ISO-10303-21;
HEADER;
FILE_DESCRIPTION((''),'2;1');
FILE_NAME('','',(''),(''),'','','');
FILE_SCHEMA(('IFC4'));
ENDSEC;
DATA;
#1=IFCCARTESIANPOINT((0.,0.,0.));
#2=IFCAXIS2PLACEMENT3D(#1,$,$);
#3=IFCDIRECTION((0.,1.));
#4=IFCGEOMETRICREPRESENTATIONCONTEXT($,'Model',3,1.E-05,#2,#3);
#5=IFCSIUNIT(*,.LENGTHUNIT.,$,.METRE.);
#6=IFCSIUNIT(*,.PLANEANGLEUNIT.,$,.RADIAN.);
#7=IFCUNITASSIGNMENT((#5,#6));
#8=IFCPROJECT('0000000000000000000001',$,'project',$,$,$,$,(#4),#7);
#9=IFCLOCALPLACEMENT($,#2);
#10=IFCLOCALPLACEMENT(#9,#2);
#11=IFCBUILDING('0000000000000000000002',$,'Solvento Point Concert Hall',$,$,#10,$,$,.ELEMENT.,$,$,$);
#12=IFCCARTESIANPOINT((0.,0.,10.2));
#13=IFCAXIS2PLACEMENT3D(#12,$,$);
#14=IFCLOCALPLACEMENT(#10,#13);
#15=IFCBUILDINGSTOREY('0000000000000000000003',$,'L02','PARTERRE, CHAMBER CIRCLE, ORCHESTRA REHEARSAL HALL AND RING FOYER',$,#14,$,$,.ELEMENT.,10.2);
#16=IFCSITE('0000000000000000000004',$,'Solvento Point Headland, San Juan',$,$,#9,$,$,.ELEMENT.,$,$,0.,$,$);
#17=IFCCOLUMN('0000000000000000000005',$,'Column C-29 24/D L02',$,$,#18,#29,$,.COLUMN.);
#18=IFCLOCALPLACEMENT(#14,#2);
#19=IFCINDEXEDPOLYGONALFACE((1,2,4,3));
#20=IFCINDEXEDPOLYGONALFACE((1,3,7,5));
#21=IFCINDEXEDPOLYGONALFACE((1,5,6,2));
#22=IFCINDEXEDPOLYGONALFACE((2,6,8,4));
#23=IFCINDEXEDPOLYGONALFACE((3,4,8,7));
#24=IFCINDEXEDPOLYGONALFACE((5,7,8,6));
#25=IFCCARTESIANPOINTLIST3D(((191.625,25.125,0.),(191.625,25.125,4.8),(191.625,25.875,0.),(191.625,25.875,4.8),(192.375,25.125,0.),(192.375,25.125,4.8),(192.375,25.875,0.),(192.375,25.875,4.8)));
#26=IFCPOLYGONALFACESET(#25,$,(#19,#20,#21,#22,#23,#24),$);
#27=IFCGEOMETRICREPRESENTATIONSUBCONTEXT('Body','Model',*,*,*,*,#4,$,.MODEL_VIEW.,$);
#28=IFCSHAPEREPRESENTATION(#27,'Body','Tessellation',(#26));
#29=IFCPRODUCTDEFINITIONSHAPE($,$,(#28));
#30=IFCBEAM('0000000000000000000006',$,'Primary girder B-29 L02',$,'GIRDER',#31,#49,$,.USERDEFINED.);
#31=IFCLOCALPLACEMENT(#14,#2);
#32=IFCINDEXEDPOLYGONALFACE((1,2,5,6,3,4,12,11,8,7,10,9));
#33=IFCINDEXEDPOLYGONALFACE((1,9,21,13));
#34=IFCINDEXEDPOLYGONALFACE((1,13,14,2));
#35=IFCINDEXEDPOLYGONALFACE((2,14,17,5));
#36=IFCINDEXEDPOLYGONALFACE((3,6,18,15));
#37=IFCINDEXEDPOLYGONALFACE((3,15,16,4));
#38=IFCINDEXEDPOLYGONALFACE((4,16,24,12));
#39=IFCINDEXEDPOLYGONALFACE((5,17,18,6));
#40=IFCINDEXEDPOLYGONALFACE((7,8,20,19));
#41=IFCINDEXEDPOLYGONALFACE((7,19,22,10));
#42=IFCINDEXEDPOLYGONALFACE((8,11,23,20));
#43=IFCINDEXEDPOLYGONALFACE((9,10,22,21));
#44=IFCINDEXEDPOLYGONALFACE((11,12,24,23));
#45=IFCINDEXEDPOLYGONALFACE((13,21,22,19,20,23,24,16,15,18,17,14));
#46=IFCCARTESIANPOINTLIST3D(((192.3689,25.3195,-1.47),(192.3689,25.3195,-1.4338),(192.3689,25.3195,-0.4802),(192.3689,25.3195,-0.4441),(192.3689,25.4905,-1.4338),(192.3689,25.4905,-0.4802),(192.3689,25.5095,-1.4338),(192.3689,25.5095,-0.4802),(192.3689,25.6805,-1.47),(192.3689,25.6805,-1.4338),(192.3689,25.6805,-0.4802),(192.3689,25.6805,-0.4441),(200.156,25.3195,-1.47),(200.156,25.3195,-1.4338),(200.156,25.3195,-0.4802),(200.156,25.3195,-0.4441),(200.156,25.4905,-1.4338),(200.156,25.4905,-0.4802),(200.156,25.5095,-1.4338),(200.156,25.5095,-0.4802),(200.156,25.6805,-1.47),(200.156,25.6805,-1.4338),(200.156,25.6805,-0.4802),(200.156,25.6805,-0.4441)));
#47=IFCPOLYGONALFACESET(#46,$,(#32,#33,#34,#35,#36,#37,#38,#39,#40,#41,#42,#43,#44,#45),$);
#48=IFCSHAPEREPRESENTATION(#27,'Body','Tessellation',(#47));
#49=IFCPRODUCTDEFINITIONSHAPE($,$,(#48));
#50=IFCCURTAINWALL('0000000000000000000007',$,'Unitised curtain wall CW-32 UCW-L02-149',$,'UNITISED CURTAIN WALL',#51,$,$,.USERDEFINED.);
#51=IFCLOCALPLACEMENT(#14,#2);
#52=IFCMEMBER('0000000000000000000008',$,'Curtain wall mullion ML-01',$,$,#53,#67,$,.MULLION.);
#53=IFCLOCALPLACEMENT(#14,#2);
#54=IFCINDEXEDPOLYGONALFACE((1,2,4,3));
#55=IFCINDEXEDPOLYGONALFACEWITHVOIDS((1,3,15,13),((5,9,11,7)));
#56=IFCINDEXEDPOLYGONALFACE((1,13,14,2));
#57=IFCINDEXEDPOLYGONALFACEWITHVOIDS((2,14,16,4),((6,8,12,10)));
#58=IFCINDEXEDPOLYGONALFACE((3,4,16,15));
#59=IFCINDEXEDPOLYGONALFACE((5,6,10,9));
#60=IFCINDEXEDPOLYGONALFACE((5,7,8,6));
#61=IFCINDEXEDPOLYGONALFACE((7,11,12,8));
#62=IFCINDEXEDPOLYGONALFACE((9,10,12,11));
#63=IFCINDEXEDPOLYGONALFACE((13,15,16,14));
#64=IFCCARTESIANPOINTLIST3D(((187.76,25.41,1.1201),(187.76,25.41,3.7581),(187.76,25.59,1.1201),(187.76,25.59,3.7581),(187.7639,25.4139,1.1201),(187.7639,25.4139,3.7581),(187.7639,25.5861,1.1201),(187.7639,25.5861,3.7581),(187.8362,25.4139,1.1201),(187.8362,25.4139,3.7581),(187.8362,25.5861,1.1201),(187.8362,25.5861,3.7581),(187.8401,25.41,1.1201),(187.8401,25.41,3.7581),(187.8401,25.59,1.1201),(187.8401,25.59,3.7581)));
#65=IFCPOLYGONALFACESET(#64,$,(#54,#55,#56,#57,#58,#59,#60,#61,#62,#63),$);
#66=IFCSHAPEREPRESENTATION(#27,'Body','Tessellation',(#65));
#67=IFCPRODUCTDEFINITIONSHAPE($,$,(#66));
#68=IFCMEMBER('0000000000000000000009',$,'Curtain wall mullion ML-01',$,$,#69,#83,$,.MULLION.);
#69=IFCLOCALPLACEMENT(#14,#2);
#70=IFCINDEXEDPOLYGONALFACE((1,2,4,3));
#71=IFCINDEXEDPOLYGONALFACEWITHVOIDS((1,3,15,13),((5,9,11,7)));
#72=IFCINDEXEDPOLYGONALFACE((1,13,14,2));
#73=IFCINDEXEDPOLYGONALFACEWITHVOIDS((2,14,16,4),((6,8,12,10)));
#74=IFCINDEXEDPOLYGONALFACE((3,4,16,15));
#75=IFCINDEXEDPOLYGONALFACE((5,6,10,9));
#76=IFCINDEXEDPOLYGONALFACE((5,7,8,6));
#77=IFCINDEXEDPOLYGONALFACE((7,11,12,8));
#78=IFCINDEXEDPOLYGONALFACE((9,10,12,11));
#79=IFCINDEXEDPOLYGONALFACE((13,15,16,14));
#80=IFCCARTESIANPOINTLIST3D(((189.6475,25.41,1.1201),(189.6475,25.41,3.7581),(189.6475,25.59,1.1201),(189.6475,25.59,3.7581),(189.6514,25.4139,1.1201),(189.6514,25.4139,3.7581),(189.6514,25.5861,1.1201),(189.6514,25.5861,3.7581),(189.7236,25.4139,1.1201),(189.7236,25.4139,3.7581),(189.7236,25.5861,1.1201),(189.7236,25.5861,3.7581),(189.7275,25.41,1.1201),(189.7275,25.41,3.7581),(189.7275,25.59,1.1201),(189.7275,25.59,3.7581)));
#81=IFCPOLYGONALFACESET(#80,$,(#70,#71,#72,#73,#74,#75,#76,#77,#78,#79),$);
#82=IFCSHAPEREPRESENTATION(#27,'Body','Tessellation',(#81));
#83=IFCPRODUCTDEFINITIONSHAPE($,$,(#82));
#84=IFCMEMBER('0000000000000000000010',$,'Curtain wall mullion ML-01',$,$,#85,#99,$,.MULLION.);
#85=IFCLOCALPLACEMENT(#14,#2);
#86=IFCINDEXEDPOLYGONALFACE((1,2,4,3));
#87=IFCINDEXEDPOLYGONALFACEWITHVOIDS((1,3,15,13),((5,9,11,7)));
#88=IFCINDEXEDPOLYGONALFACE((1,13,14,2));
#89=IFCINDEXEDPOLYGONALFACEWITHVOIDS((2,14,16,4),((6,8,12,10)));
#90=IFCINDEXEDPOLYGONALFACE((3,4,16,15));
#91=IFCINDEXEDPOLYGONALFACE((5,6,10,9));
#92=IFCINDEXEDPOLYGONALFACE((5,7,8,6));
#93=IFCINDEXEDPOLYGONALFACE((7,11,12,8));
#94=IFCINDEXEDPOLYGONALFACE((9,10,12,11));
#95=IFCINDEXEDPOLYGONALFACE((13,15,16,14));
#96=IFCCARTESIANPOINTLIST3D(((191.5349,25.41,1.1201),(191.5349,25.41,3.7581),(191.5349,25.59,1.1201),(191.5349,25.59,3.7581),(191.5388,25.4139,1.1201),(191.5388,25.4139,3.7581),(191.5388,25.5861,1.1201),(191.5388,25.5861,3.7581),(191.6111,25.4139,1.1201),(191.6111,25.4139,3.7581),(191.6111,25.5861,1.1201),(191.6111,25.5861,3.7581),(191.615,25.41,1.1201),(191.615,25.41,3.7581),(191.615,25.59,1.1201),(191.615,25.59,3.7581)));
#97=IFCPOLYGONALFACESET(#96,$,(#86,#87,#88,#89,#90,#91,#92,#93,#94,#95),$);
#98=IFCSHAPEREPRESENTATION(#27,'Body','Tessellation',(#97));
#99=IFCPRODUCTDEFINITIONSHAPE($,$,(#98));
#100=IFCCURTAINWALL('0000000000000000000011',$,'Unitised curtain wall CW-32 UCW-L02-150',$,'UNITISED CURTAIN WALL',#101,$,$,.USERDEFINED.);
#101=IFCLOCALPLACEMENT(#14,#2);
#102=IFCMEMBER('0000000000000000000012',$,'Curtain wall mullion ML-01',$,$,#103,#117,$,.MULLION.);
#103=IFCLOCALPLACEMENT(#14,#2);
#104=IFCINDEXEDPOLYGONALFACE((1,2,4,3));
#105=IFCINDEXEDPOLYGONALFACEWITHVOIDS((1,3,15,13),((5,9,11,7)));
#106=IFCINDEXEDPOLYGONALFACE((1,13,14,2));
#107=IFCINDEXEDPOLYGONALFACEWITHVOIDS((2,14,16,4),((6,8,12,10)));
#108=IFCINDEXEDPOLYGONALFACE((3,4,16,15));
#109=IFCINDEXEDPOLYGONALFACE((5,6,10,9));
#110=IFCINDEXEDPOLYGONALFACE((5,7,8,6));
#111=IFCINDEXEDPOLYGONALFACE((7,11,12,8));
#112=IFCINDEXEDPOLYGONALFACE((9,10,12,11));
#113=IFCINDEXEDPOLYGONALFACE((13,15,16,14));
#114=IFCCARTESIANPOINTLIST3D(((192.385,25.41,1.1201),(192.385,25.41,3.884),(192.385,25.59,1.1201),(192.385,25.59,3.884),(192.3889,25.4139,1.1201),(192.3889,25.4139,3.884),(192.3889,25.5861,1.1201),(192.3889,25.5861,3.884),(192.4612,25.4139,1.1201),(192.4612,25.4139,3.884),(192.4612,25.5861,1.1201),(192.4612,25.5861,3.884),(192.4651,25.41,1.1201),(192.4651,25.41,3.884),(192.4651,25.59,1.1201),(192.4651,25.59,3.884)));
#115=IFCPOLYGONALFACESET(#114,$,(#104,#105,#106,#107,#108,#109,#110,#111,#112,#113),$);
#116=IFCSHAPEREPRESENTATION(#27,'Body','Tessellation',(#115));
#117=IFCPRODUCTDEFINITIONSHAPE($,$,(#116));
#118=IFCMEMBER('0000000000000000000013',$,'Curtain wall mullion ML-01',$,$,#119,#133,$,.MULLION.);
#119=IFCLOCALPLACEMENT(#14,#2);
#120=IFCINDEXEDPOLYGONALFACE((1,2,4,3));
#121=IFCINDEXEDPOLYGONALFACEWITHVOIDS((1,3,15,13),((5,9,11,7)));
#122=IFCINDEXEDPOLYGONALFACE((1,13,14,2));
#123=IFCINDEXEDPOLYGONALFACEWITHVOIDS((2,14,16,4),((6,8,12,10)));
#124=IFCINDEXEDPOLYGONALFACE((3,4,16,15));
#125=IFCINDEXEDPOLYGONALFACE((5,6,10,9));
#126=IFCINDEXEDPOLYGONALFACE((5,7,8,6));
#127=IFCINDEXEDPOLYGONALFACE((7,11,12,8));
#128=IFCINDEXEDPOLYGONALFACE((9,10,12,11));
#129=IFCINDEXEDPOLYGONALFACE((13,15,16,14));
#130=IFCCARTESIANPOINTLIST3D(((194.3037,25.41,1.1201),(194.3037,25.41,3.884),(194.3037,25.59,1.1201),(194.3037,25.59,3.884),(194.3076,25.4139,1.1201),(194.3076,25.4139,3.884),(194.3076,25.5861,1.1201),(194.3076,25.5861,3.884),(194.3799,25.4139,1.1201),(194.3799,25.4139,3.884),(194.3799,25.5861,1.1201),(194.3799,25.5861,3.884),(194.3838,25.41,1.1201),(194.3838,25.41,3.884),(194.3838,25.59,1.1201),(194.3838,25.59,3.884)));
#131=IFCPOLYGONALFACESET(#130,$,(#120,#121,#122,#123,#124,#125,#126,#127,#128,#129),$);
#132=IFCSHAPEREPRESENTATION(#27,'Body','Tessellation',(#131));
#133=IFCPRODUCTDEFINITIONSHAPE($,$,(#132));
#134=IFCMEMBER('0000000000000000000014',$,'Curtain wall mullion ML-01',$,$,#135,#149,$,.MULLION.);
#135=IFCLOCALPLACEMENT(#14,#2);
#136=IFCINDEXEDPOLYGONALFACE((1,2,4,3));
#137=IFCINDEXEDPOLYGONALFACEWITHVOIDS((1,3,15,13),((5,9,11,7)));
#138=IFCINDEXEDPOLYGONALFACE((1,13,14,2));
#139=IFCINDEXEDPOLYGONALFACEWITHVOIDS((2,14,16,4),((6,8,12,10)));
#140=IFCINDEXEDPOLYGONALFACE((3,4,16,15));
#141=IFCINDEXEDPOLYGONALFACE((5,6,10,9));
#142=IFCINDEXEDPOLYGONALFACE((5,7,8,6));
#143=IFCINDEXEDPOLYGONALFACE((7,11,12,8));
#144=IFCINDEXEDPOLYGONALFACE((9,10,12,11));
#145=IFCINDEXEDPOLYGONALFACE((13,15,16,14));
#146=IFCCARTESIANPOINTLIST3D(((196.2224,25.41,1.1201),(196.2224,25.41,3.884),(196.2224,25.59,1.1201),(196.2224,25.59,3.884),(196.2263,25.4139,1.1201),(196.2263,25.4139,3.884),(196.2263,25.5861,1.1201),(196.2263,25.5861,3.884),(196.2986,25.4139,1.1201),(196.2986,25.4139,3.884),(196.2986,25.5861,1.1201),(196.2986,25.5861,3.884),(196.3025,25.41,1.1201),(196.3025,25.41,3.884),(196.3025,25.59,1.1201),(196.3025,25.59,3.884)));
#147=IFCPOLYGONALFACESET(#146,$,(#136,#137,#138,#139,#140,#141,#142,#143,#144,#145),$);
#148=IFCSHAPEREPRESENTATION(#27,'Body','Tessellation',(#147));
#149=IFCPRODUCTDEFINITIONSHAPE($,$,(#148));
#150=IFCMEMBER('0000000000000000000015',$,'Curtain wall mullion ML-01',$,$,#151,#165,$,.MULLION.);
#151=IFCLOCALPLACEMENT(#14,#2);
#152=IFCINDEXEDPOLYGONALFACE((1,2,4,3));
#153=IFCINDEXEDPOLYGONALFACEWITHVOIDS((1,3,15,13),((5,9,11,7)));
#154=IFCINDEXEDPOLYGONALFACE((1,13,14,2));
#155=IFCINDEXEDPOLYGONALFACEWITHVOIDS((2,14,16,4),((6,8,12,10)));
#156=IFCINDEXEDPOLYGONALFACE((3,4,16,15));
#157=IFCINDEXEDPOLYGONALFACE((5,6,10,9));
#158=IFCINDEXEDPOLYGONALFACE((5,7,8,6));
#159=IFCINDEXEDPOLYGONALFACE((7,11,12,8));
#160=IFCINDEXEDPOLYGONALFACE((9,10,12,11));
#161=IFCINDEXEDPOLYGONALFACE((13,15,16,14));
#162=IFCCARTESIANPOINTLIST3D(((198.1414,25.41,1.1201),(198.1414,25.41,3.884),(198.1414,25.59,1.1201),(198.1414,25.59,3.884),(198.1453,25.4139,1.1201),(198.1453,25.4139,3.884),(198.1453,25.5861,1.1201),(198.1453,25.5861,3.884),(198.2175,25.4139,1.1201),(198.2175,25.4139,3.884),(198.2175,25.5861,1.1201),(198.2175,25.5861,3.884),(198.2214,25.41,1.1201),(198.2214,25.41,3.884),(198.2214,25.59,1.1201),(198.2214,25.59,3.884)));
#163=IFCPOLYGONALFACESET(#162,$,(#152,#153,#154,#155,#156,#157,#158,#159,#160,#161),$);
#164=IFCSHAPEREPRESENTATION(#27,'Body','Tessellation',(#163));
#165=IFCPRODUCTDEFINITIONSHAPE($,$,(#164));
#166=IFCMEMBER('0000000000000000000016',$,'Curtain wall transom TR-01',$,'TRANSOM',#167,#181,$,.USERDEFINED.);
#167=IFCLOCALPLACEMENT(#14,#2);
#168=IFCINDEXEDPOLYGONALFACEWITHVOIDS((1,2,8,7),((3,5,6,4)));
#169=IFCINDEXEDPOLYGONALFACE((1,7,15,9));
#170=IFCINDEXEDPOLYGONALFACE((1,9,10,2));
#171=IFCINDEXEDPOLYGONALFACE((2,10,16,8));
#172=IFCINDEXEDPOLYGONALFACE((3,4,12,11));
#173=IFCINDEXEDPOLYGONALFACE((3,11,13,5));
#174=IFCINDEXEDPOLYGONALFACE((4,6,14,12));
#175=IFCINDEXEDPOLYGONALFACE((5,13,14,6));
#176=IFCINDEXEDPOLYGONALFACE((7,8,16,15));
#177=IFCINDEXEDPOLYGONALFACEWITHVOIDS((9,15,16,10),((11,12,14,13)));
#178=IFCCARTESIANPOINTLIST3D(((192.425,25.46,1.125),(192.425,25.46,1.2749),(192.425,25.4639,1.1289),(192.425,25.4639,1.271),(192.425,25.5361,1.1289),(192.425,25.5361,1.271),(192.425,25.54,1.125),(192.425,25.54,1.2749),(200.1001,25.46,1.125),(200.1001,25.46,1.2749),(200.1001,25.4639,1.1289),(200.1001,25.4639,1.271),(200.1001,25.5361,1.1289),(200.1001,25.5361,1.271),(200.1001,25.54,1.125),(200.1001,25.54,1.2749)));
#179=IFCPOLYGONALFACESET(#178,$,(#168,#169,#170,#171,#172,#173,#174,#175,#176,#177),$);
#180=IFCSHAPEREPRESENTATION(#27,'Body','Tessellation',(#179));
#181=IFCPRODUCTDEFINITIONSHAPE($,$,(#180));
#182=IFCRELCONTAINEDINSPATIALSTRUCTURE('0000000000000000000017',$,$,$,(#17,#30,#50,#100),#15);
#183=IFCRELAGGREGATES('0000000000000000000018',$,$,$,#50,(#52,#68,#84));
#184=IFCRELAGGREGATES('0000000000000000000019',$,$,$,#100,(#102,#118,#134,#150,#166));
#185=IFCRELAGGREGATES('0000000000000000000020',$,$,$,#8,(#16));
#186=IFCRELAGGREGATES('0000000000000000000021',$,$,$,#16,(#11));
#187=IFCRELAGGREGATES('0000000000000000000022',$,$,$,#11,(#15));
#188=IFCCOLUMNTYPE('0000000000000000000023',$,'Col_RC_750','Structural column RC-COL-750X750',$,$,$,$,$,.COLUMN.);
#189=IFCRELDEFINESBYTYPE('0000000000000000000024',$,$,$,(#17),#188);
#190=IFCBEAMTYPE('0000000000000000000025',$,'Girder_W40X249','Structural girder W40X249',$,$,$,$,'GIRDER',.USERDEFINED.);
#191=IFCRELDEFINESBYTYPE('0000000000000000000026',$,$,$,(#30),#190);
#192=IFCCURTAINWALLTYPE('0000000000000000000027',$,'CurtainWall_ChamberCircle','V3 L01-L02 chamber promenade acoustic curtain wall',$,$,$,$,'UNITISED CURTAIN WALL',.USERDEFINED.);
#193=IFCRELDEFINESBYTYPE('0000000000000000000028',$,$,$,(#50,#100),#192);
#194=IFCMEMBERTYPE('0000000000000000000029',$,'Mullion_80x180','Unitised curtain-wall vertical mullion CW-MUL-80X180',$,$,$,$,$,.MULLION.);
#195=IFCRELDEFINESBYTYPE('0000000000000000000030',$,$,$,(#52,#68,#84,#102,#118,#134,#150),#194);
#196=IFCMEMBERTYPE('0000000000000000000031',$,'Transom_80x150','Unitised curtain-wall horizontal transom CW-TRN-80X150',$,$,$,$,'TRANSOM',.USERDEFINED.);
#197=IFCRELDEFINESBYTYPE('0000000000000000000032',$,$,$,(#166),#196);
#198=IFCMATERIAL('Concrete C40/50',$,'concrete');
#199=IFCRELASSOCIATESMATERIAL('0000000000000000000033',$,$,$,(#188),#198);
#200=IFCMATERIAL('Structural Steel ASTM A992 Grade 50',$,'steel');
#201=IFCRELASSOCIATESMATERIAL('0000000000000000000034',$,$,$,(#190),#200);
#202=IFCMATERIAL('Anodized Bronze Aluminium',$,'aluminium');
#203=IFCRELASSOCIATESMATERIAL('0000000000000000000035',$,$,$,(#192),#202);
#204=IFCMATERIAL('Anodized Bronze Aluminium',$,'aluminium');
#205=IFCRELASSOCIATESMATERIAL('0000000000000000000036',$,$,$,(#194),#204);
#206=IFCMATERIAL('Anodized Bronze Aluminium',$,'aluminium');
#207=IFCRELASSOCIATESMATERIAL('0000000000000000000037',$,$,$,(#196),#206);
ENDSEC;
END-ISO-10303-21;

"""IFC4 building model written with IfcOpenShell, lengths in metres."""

from ifc_helpers import new_model, si_unit, direction, frame, origin, origin_2d, place, context, subcontext, project, spatial, rectangle, hollow_rectangle, i_section, extrude, material, material_profile, profile_set, type_object, element, aggregate, save


model = new_model("IFC4")

# Units and contexts
model_context = context("Model", 3, precision=1e-05, world=origin(), true_north=direction((0.0, 1.0)))
body_context = subcontext(model_context, "Body", "Model", "MODEL_VIEW")
ifc_project = project(units=[si_unit("LENGTHUNIT", "METRE"), si_unit("PLANEANGLEUNIT", "RADIAN")], contexts=[model_context])

# Site, building, storey
site_placement = place(None, origin())
site = spatial("IfcSite", under=ifc_project, at=site_placement, Name="Solvento Point Headland, San Juan", CompositionType="ELEMENT", RefElevation=0.0)
building_placement = place(site_placement, origin())
building = spatial("IfcBuilding", under=site, at=building_placement, Name="Solvento Point Concert Hall", CompositionType="ELEMENT")
storey_placement = place(building_placement, frame((0.0, 0.0, 10.2)))
storey = spatial("IfcBuildingStorey", under=building, at=storey_placement, Name="L02", Description="PARTERRE, CHAMBER CIRCLE, ORCHESTRA REHEARSAL HALL AND RING FOYER", CompositionType="ELEMENT", Elevation=10.2)

# Column
ifc_material_1 = material(Name="Concrete C40/50", Category="concrete")
ifc_material_profile_1 = material_profile(ifc_material_1, rectangle(XDim=0.75, YDim=0.75, at=origin_2d()), Name="RC-COL-750X750")
ifc_profile_set_1 = profile_set([ifc_material_profile_1], Name="Concrete C40/50")
column_type = type_object("IfcColumnType", Name="Col_RC_750", Description="Structural column RC-COL-750X750", PredefinedType="COLUMN", material=ifc_profile_set_1)
column_placement = place(storey_placement, frame((192.0, 25.5, 0.0), z_axis=(0.0, 0.0, 1.0), x_axis=(1.0, 0.0, 0.0)))
element("IfcColumn", 1, at=column_placement, inside=storey, type_object=column_type, Name="Column C-29 24/D L02", PredefinedType="COLUMN", context=body_context, shape_type="SweptSolid", body=[
    extrude(rectangle(XDim=0.75, YDim=0.75, at=origin_2d()), origin(), (0.0, 0.0, 1.0), 4.8),
])

# Beam
ifc_material_2 = material(Name="Structural Steel ASTM A992 Grade 50", Category="steel")
ifc_material_profile_2 = material_profile(ifc_material_2, i_section(OverallWidth=0.3611, OverallDepth=1.0259, WebThickness=0.019, FlangeThickness=0.0361, at=origin_2d()), Name="W40X249")
ifc_profile_set_2 = profile_set([ifc_material_profile_2], Name="Structural Steel ASTM A992 Grade 50")
beam_type = type_object("IfcBeamType", Name="Girder_W40X249", Description="Structural girder W40X249", ElementType="GIRDER", PredefinedType="USERDEFINED", material=ifc_profile_set_2)
beam_placement = place(storey_placement, frame((192.3689, 25.5, -0.957), z_axis=(1.0, 0.0, 0.0), x_axis=(0.0, 1.0, 0.0)))
element("IfcBeam", 2, at=beam_placement, inside=storey, type_object=beam_type, Name="Primary girder B-29 L02", ObjectType="GIRDER", PredefinedType="USERDEFINED", context=body_context, shape_type="SweptSolid", body=[
    extrude(i_section(OverallWidth=0.3611, OverallDepth=1.0259, WebThickness=0.019, FlangeThickness=0.0361, at=origin_2d()), origin(), (0.0, 0.0, 1.0), 7.7871),
])

# Curtain walls, members
ifc_material_3 = material(Name="Anodized Bronze Aluminium", Category="aluminium")
curtain_wall_type = type_object("IfcCurtainWallType", Name="CurtainWall_ChamberCircle", Description="V3 L01-L02 chamber promenade acoustic curtain wall", ElementType="UNITISED CURTAIN WALL", PredefinedType="USERDEFINED", material=ifc_material_3)
curtain_wall_1_placement = place(storey_placement, origin())
curtain_wall_1 = element("IfcCurtainWall", 3, at=curtain_wall_1_placement, inside=storey, type_object=curtain_wall_type, Name="Unitised curtain wall CW-32 UCW-L02-149", ObjectType="UNITISED CURTAIN WALL", PredefinedType="USERDEFINED")
ifc_material_4 = material(Name="Anodized Bronze Aluminium", Category="aluminium")
ifc_material_profile_3 = material_profile(ifc_material_4, hollow_rectangle(XDim=0.0801, YDim=0.1799, WallThickness=0.0039, at=origin_2d()), Name="CW-MUL-80X180")
ifc_profile_set_3 = profile_set([ifc_material_profile_3], Name="Anodized Bronze Aluminium")
member_type_1 = type_object("IfcMemberType", Name="Mullion_80x180", Description="Unitised curtain-wall vertical mullion CW-MUL-80X180", PredefinedType="MULLION", material=ifc_profile_set_3)
member_1_placement = place(storey_placement, frame((187.8, 25.5, 1.1201), z_axis=(0.0, 0.0, 1.0), x_axis=(1.0, 0.0, 0.0)))
member_1 = element("IfcMember", 4, at=member_1_placement, type_object=member_type_1, Name="Curtain wall mullion ML-01", PredefinedType="MULLION", context=body_context, shape_type="SweptSolid", body=[
    extrude(hollow_rectangle(XDim=0.0801, YDim=0.1799, WallThickness=0.0039, at=origin_2d()), origin(), (0.0, 0.0, 1.0), 2.6379),
])
member_2_placement = place(storey_placement, frame((189.6875, 25.5, 1.1201), z_axis=(0.0, 0.0, 1.0), x_axis=(1.0, 0.0, 0.0)))
member_2 = element("IfcMember", 5, at=member_2_placement, type_object=member_type_1, Name="Curtain wall mullion ML-01", PredefinedType="MULLION", context=body_context, shape_type="SweptSolid", body=[
    extrude(hollow_rectangle(XDim=0.0801, YDim=0.1799, WallThickness=0.0039, at=origin_2d()), origin(), (0.0, 0.0, 1.0), 2.6379),
])
member_3_placement = place(storey_placement, frame((191.575, 25.5, 1.1201), z_axis=(0.0, 0.0, 1.0), x_axis=(1.0, 0.0, 0.0)))
member_3 = element("IfcMember", 6, at=member_3_placement, type_object=member_type_1, Name="Curtain wall mullion ML-01", PredefinedType="MULLION", context=body_context, shape_type="SweptSolid", body=[
    extrude(hollow_rectangle(XDim=0.0801, YDim=0.1799, WallThickness=0.0039, at=origin_2d()), origin(), (0.0, 0.0, 1.0), 2.6379),
])
curtain_wall_2_placement = place(storey_placement, origin())
curtain_wall_2 = element("IfcCurtainWall", 7, at=curtain_wall_2_placement, inside=storey, type_object=curtain_wall_type, Name="Unitised curtain wall CW-32 UCW-L02-150", ObjectType="UNITISED CURTAIN WALL", PredefinedType="USERDEFINED")
member_4_placement = place(storey_placement, frame((192.425, 25.5, 1.1201), z_axis=(0.0, 0.0, 1.0), x_axis=(1.0, 0.0, 0.0)))
member_4 = element("IfcMember", 8, at=member_4_placement, type_object=member_type_1, Name="Curtain wall mullion ML-01", PredefinedType="MULLION", context=body_context, shape_type="SweptSolid", body=[
    extrude(hollow_rectangle(XDim=0.0801, YDim=0.1799, WallThickness=0.0039, at=origin_2d()), origin(), (0.0, 0.0, 1.0), 2.7639),
])
member_5_placement = place(storey_placement, frame((194.3438, 25.5, 1.1201), z_axis=(0.0, 0.0, 1.0), x_axis=(1.0, 0.0, 0.0)))
member_5 = element("IfcMember", 9, at=member_5_placement, type_object=member_type_1, Name="Curtain wall mullion ML-01", PredefinedType="MULLION", context=body_context, shape_type="SweptSolid", body=[
    extrude(hollow_rectangle(XDim=0.0801, YDim=0.1799, WallThickness=0.0039, at=origin_2d()), origin(), (0.0, 0.0, 1.0), 2.7639),
])
member_6_placement = place(storey_placement, frame((196.2625, 25.5, 1.1201), z_axis=(0.0, 0.0, 1.0), x_axis=(1.0, 0.0, 0.0)))
member_6 = element("IfcMember", 10, at=member_6_placement, type_object=member_type_1, Name="Curtain wall mullion ML-01", PredefinedType="MULLION", context=body_context, shape_type="SweptSolid", body=[
    extrude(hollow_rectangle(XDim=0.0801, YDim=0.1799, WallThickness=0.0039, at=origin_2d()), origin(), (0.0, 0.0, 1.0), 2.7639),
])
member_7_placement = place(storey_placement, frame((198.1814, 25.5, 1.1201), z_axis=(0.0, 0.0, 1.0), x_axis=(1.0, 0.0, 0.0)))
member_7 = element("IfcMember", 11, at=member_7_placement, type_object=member_type_1, Name="Curtain wall mullion ML-01", PredefinedType="MULLION", context=body_context, shape_type="SweptSolid", body=[
    extrude(hollow_rectangle(XDim=0.0801, YDim=0.1799, WallThickness=0.0039, at=origin_2d()), origin(), (0.0, 0.0, 1.0), 2.7639),
])
ifc_material_5 = material(Name="Anodized Bronze Aluminium", Category="aluminium")
ifc_material_profile_4 = material_profile(ifc_material_5, hollow_rectangle(XDim=0.0801, YDim=0.1499, WallThickness=0.0039, at=origin_2d()), Name="CW-TRN-80X150")
ifc_profile_set_4 = profile_set([ifc_material_profile_4], Name="Anodized Bronze Aluminium")
member_type_2 = type_object("IfcMemberType", Name="Transom_80x150", Description="Unitised curtain-wall horizontal transom CW-TRN-80X150", ElementType="TRANSOM", PredefinedType="USERDEFINED", material=ifc_profile_set_4)
member_8_placement = place(storey_placement, frame((192.425, 25.5, 1.2), z_axis=(1.0, 0.0, 0.0), x_axis=(0.0, 1.0, 0.0)))
member_8 = element("IfcMember", 12, at=member_8_placement, type_object=member_type_2, Name="Curtain wall transom TR-01", ObjectType="TRANSOM", PredefinedType="USERDEFINED", context=body_context, shape_type="SweptSolid", body=[
    extrude(hollow_rectangle(XDim=0.0801, YDim=0.1499, WallThickness=0.0039, at=origin_2d()), origin(), (0.0, 0.0, 1.0), 7.675),
])

aggregate(curtain_wall_1, [member_1, member_2, member_3])
aggregate(curtain_wall_2, [member_4, member_5, member_6, member_7, member_8])

save(model, "model.ifc")
